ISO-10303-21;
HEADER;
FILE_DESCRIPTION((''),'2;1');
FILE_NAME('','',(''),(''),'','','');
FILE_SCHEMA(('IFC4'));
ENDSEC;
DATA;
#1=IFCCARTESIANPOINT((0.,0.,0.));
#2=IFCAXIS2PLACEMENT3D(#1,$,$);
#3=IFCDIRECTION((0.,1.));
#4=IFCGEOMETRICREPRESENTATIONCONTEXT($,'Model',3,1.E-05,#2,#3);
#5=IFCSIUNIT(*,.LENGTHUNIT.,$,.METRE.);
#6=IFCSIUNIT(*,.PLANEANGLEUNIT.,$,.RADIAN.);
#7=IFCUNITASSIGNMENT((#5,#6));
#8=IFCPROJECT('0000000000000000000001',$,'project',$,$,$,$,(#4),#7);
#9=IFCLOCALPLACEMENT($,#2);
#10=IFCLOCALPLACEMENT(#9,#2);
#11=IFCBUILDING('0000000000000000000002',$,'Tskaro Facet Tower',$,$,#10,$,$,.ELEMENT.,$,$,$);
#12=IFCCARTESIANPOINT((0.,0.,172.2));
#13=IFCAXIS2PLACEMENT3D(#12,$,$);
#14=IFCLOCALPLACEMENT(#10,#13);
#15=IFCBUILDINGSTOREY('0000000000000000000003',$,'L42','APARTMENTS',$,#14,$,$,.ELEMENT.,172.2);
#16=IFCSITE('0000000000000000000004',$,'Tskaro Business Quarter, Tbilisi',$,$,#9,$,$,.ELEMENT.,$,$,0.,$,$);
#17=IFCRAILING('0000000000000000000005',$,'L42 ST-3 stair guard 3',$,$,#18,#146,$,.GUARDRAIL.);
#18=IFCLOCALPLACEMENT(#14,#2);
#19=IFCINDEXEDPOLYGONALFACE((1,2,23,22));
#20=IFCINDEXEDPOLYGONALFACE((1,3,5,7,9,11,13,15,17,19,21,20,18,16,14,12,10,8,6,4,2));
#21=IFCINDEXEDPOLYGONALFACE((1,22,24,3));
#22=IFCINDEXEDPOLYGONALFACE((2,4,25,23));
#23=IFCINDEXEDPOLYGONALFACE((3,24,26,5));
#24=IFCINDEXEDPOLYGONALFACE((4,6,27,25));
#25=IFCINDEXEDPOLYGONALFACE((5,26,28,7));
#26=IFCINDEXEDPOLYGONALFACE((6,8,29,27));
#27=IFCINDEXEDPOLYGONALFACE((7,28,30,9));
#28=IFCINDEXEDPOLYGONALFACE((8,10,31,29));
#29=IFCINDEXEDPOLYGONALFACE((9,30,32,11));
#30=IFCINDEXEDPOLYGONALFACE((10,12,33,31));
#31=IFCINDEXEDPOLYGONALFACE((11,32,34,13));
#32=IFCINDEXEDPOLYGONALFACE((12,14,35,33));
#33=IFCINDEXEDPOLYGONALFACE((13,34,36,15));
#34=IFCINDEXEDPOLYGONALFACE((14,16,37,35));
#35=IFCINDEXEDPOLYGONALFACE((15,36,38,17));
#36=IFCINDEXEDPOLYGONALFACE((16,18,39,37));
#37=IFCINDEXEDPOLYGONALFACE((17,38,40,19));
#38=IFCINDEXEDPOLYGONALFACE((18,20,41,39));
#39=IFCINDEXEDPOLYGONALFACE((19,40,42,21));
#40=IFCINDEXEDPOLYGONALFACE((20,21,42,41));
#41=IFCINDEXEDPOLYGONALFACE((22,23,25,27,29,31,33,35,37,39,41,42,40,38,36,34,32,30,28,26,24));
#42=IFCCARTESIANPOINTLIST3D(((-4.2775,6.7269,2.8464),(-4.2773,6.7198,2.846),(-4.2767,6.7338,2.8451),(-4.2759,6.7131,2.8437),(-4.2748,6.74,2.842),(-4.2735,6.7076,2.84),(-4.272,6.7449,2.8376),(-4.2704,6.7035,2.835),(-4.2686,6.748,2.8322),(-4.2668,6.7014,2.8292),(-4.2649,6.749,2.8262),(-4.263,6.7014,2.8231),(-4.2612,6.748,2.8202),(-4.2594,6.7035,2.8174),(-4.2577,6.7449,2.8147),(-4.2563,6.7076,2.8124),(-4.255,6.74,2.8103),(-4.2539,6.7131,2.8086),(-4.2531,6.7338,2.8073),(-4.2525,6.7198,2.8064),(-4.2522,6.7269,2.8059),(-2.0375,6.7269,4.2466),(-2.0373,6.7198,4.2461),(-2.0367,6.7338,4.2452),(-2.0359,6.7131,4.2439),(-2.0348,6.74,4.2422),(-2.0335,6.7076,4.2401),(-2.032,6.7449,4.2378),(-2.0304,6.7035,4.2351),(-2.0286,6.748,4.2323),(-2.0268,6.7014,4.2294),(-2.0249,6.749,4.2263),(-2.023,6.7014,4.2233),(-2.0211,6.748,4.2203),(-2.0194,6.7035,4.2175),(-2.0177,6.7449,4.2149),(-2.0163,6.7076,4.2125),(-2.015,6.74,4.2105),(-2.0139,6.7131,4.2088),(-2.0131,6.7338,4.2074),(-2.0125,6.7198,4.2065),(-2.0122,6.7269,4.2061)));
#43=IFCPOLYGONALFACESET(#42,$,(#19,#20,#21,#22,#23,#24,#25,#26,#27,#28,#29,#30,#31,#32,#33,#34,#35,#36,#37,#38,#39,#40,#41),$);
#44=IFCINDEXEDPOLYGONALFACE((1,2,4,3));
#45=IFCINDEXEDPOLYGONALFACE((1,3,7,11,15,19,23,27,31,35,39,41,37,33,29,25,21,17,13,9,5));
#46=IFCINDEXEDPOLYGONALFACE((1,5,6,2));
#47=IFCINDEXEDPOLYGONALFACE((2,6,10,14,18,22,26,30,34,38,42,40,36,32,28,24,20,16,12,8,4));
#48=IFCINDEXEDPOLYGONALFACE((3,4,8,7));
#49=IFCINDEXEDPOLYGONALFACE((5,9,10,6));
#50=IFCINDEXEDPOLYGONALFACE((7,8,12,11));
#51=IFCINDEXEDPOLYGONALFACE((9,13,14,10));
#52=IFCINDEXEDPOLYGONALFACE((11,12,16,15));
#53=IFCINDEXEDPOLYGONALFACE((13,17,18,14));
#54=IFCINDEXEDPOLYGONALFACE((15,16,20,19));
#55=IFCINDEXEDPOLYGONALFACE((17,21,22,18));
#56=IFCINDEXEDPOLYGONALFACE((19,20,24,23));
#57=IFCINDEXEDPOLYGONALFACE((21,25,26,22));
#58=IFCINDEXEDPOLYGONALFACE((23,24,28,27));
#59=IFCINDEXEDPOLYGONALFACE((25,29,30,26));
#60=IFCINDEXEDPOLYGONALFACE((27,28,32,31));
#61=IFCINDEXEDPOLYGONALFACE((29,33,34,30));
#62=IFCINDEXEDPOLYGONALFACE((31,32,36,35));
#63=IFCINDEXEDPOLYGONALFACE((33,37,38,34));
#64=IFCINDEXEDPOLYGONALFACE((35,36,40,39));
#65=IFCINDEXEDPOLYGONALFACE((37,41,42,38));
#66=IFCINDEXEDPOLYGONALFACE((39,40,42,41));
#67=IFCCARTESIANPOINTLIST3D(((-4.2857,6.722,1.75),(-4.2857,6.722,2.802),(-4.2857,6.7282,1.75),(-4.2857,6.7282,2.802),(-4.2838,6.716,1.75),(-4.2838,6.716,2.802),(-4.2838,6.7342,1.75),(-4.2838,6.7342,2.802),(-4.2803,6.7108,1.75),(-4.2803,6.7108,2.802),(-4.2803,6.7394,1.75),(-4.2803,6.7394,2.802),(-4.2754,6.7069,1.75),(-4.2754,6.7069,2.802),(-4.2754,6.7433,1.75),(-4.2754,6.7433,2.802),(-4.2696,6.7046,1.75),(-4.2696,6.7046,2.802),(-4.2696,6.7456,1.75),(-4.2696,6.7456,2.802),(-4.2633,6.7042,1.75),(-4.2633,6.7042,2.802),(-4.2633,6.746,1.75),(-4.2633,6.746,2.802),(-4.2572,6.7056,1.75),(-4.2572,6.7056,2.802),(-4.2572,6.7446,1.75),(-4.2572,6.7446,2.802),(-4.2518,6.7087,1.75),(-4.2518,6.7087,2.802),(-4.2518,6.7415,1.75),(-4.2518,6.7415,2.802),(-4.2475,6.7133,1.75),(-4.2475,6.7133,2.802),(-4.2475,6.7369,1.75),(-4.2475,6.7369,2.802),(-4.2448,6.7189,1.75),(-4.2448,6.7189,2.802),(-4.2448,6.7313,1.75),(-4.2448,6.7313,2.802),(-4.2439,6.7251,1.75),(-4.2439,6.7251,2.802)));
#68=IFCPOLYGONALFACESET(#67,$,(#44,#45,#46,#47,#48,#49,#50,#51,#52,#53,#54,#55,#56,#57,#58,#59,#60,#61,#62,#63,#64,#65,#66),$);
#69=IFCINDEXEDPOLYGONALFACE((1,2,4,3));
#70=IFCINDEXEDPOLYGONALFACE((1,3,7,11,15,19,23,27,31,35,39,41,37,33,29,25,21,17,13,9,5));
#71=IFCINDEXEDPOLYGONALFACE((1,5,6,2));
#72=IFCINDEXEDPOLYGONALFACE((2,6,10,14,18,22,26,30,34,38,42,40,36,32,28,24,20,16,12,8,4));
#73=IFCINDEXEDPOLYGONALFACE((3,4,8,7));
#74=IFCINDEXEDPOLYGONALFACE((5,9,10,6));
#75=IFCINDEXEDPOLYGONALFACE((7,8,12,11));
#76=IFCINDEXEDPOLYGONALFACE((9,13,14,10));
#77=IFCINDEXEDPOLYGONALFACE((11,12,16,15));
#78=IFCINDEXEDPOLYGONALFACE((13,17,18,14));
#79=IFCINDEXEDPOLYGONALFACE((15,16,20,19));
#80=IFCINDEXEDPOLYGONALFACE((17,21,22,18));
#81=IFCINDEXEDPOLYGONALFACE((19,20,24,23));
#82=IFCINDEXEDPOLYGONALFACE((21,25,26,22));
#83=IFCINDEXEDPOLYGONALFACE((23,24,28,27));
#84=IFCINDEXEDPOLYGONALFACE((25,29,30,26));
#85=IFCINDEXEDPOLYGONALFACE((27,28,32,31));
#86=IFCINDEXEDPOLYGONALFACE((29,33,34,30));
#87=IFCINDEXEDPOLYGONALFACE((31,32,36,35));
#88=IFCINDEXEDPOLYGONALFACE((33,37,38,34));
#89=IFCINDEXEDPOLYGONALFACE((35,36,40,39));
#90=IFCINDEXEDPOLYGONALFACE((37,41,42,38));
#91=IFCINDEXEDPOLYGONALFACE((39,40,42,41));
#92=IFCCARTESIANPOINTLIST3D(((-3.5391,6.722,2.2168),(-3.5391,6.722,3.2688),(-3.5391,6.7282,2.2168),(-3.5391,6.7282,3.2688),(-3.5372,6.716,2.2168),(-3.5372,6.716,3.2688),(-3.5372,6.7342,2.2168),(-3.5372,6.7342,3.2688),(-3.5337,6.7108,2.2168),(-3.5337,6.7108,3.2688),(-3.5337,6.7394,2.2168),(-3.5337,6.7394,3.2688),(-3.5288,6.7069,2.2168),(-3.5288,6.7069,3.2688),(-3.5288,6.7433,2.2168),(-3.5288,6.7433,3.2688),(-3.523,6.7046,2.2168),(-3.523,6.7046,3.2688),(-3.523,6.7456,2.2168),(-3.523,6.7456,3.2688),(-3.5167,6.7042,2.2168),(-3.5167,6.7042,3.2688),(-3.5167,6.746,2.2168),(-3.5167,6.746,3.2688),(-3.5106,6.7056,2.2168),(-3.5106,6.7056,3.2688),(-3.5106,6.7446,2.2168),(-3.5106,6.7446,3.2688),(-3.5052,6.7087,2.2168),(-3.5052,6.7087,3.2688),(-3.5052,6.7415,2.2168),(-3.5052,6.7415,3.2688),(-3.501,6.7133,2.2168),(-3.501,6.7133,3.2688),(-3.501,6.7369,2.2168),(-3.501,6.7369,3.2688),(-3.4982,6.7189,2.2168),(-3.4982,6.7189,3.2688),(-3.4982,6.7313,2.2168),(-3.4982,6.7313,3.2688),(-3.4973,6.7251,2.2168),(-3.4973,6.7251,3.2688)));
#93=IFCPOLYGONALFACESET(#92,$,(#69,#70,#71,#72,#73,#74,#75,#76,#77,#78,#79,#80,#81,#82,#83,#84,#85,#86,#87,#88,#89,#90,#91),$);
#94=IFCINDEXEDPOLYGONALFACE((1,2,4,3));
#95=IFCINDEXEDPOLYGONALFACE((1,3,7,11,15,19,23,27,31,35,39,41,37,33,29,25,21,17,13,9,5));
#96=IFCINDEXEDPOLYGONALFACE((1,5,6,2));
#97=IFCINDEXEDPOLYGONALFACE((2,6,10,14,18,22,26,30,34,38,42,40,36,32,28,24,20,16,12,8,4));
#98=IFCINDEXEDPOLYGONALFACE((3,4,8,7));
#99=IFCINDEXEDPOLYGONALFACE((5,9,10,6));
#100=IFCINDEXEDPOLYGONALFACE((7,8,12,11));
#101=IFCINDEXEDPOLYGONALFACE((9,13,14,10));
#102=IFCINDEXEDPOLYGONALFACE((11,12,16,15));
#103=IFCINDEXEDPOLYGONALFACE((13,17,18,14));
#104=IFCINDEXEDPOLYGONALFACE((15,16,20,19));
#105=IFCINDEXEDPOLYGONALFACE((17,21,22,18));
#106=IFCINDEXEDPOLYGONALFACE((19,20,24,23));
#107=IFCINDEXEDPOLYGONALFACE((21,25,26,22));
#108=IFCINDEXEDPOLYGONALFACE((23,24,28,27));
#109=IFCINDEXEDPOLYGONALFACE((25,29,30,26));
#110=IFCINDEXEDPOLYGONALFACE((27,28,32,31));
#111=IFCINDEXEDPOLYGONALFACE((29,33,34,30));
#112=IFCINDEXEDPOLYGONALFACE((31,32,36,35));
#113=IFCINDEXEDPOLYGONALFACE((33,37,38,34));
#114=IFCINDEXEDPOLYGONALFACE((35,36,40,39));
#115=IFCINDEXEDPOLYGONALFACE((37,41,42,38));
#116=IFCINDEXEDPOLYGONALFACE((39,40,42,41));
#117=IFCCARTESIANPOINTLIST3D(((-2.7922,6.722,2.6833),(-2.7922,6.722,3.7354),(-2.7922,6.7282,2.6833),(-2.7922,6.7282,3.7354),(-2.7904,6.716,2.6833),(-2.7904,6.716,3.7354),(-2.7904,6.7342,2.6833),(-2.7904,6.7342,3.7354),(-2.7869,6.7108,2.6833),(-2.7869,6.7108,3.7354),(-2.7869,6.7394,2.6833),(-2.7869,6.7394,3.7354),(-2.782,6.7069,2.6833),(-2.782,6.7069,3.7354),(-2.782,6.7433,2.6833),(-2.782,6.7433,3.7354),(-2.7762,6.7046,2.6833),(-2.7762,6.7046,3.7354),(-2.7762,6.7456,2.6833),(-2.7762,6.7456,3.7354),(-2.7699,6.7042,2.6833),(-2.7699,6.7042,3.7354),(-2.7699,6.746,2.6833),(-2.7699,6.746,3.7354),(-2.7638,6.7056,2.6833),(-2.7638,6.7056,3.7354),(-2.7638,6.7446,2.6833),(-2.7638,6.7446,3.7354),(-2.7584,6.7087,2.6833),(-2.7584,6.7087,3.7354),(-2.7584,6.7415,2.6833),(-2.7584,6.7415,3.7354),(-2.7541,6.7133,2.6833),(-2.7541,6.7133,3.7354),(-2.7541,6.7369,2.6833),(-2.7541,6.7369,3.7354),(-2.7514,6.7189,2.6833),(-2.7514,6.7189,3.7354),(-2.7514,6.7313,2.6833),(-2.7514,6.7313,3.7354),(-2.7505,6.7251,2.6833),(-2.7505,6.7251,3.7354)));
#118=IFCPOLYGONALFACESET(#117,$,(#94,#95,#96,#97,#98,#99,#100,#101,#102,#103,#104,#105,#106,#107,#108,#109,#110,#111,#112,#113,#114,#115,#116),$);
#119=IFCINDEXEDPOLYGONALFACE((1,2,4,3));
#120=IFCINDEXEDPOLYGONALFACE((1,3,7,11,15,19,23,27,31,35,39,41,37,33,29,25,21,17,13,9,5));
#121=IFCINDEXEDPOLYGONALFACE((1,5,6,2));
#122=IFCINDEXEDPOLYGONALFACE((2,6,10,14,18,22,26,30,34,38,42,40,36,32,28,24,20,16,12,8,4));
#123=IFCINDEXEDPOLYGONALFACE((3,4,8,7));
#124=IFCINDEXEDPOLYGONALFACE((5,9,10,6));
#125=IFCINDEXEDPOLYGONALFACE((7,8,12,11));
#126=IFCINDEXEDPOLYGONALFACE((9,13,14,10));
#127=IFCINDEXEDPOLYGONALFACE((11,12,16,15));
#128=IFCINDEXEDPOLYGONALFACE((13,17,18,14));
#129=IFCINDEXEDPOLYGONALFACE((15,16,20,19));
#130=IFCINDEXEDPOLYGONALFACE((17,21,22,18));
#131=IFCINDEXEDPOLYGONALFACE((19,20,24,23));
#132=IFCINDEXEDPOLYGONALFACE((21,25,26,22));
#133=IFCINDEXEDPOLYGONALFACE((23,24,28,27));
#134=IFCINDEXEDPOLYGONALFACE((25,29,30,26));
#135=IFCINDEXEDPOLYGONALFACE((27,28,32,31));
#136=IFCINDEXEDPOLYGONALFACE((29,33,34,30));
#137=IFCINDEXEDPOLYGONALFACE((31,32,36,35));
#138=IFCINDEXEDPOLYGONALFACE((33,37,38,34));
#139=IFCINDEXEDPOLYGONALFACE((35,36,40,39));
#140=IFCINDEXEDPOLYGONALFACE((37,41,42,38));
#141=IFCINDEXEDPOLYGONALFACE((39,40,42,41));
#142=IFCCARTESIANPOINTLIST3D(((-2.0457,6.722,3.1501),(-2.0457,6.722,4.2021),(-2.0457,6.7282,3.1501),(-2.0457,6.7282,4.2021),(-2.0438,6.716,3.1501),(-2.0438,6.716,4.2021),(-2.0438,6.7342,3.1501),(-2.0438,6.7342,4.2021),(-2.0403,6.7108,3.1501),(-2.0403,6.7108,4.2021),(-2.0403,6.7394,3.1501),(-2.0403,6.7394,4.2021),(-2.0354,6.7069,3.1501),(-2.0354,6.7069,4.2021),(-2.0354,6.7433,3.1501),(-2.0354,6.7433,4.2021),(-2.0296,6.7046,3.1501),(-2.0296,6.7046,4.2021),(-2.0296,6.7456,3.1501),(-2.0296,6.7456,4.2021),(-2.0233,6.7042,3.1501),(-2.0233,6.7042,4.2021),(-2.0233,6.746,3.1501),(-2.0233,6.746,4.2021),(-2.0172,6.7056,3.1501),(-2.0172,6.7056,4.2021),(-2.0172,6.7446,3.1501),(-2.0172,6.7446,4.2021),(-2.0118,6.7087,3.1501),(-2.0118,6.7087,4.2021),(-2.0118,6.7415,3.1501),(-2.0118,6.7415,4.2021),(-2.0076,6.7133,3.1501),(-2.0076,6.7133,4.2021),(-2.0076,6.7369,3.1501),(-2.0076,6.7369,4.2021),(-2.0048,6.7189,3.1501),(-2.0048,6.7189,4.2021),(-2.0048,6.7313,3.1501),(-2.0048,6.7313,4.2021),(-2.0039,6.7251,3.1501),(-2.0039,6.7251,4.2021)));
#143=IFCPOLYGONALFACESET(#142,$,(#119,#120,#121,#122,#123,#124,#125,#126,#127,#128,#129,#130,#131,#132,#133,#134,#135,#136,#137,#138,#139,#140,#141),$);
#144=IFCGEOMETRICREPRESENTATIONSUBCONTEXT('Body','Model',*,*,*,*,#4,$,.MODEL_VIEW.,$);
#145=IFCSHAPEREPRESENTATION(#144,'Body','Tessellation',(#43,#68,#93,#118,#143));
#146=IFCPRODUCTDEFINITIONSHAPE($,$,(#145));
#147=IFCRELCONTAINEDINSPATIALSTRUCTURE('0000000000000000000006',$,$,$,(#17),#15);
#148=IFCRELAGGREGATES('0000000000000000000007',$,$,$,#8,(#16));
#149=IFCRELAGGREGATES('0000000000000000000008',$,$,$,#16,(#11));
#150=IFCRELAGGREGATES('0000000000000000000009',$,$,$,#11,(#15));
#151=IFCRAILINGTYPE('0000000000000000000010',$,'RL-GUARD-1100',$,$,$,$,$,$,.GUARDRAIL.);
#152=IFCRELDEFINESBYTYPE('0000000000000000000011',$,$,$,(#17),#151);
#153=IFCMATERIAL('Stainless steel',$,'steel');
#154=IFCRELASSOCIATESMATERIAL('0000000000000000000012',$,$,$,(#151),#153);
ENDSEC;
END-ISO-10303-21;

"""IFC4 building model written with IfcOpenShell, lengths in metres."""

from ifc_helpers import new_model, si_unit, direction, frame, origin, origin_2d, place, context, subcontext, project, spatial, circle, extrude, material, type_object, element, save


model = new_model("IFC4")

# Units and contexts
model_context = context("Model", 3, precision=1e-05, world=origin(), true_north=direction((0.0, 1.0)))
body_context = subcontext(model_context, "Body", "Model", "MODEL_VIEW")
ifc_project = project(units=[si_unit("LENGTHUNIT", "METRE"), si_unit("PLANEANGLEUNIT", "RADIAN")], contexts=[model_context])

# Site, building, storey
site_placement = place(None, origin())
site = spatial("IfcSite", under=ifc_project, at=site_placement, Name="Tskaro Business Quarter, Tbilisi", CompositionType="ELEMENT", RefElevation=0.0)
building_placement = place(site_placement, origin())
building = spatial("IfcBuilding", under=site, at=building_placement, Name="Tskaro Facet Tower", CompositionType="ELEMENT")
storey_placement = place(building_placement, frame((0.0, 0.0, 172.2)))
storey = spatial("IfcBuildingStorey", under=building, at=storey_placement, Name="L42", Description="APARTMENTS", CompositionType="ELEMENT", Elevation=172.2)

# Railing
ifc_material_1 = material(Name="Stainless steel", Category="steel")
railing_type_1 = type_object("IfcRailingType", Name="RL-GUARD-1100", PredefinedType="GUARDRAIL", material=ifc_material_1)
railing_1_placement = place(storey_placement, frame((-4.2649, 6.7251, 1.75)))
element("IfcRailing", 1, at=railing_1_placement, inside=storey, type_object=railing_type_1, Name="L42 ST-3 stair guard 3", PredefinedType="GUARDRAIL", context=body_context, shape_type="SweptSolid", body=[
    extrude(circle(Radius=0.0239, at=origin_2d()), frame((0.0, 0.0, 1.0762), z_axis=(0.847972, 0.0, 0.53004), x_axis=(0.0, 1.0, 0.0)), (0.0, 0.0, 1.0), 2.6416),
    extrude(circle(Radius=0.021, at=origin_2d()), origin(), (0.0, 0.0, 1.0), 1.052),
    extrude(circle(Radius=0.021, at=origin_2d()), frame((0.7466, 0.0, 0.4668)), (0.0, 0.0, 1.0), 1.052),
    extrude(circle(Radius=0.021, at=origin_2d()), frame((1.4934, 0.0, 0.9333)), (0.0, 0.0, 1.0), 1.052),
    extrude(circle(Radius=0.021, at=origin_2d()), frame((2.24, 0.0, 1.4001)), (0.0, 0.0, 1.0), 1.052),
])

save(model, "model.ifc")
